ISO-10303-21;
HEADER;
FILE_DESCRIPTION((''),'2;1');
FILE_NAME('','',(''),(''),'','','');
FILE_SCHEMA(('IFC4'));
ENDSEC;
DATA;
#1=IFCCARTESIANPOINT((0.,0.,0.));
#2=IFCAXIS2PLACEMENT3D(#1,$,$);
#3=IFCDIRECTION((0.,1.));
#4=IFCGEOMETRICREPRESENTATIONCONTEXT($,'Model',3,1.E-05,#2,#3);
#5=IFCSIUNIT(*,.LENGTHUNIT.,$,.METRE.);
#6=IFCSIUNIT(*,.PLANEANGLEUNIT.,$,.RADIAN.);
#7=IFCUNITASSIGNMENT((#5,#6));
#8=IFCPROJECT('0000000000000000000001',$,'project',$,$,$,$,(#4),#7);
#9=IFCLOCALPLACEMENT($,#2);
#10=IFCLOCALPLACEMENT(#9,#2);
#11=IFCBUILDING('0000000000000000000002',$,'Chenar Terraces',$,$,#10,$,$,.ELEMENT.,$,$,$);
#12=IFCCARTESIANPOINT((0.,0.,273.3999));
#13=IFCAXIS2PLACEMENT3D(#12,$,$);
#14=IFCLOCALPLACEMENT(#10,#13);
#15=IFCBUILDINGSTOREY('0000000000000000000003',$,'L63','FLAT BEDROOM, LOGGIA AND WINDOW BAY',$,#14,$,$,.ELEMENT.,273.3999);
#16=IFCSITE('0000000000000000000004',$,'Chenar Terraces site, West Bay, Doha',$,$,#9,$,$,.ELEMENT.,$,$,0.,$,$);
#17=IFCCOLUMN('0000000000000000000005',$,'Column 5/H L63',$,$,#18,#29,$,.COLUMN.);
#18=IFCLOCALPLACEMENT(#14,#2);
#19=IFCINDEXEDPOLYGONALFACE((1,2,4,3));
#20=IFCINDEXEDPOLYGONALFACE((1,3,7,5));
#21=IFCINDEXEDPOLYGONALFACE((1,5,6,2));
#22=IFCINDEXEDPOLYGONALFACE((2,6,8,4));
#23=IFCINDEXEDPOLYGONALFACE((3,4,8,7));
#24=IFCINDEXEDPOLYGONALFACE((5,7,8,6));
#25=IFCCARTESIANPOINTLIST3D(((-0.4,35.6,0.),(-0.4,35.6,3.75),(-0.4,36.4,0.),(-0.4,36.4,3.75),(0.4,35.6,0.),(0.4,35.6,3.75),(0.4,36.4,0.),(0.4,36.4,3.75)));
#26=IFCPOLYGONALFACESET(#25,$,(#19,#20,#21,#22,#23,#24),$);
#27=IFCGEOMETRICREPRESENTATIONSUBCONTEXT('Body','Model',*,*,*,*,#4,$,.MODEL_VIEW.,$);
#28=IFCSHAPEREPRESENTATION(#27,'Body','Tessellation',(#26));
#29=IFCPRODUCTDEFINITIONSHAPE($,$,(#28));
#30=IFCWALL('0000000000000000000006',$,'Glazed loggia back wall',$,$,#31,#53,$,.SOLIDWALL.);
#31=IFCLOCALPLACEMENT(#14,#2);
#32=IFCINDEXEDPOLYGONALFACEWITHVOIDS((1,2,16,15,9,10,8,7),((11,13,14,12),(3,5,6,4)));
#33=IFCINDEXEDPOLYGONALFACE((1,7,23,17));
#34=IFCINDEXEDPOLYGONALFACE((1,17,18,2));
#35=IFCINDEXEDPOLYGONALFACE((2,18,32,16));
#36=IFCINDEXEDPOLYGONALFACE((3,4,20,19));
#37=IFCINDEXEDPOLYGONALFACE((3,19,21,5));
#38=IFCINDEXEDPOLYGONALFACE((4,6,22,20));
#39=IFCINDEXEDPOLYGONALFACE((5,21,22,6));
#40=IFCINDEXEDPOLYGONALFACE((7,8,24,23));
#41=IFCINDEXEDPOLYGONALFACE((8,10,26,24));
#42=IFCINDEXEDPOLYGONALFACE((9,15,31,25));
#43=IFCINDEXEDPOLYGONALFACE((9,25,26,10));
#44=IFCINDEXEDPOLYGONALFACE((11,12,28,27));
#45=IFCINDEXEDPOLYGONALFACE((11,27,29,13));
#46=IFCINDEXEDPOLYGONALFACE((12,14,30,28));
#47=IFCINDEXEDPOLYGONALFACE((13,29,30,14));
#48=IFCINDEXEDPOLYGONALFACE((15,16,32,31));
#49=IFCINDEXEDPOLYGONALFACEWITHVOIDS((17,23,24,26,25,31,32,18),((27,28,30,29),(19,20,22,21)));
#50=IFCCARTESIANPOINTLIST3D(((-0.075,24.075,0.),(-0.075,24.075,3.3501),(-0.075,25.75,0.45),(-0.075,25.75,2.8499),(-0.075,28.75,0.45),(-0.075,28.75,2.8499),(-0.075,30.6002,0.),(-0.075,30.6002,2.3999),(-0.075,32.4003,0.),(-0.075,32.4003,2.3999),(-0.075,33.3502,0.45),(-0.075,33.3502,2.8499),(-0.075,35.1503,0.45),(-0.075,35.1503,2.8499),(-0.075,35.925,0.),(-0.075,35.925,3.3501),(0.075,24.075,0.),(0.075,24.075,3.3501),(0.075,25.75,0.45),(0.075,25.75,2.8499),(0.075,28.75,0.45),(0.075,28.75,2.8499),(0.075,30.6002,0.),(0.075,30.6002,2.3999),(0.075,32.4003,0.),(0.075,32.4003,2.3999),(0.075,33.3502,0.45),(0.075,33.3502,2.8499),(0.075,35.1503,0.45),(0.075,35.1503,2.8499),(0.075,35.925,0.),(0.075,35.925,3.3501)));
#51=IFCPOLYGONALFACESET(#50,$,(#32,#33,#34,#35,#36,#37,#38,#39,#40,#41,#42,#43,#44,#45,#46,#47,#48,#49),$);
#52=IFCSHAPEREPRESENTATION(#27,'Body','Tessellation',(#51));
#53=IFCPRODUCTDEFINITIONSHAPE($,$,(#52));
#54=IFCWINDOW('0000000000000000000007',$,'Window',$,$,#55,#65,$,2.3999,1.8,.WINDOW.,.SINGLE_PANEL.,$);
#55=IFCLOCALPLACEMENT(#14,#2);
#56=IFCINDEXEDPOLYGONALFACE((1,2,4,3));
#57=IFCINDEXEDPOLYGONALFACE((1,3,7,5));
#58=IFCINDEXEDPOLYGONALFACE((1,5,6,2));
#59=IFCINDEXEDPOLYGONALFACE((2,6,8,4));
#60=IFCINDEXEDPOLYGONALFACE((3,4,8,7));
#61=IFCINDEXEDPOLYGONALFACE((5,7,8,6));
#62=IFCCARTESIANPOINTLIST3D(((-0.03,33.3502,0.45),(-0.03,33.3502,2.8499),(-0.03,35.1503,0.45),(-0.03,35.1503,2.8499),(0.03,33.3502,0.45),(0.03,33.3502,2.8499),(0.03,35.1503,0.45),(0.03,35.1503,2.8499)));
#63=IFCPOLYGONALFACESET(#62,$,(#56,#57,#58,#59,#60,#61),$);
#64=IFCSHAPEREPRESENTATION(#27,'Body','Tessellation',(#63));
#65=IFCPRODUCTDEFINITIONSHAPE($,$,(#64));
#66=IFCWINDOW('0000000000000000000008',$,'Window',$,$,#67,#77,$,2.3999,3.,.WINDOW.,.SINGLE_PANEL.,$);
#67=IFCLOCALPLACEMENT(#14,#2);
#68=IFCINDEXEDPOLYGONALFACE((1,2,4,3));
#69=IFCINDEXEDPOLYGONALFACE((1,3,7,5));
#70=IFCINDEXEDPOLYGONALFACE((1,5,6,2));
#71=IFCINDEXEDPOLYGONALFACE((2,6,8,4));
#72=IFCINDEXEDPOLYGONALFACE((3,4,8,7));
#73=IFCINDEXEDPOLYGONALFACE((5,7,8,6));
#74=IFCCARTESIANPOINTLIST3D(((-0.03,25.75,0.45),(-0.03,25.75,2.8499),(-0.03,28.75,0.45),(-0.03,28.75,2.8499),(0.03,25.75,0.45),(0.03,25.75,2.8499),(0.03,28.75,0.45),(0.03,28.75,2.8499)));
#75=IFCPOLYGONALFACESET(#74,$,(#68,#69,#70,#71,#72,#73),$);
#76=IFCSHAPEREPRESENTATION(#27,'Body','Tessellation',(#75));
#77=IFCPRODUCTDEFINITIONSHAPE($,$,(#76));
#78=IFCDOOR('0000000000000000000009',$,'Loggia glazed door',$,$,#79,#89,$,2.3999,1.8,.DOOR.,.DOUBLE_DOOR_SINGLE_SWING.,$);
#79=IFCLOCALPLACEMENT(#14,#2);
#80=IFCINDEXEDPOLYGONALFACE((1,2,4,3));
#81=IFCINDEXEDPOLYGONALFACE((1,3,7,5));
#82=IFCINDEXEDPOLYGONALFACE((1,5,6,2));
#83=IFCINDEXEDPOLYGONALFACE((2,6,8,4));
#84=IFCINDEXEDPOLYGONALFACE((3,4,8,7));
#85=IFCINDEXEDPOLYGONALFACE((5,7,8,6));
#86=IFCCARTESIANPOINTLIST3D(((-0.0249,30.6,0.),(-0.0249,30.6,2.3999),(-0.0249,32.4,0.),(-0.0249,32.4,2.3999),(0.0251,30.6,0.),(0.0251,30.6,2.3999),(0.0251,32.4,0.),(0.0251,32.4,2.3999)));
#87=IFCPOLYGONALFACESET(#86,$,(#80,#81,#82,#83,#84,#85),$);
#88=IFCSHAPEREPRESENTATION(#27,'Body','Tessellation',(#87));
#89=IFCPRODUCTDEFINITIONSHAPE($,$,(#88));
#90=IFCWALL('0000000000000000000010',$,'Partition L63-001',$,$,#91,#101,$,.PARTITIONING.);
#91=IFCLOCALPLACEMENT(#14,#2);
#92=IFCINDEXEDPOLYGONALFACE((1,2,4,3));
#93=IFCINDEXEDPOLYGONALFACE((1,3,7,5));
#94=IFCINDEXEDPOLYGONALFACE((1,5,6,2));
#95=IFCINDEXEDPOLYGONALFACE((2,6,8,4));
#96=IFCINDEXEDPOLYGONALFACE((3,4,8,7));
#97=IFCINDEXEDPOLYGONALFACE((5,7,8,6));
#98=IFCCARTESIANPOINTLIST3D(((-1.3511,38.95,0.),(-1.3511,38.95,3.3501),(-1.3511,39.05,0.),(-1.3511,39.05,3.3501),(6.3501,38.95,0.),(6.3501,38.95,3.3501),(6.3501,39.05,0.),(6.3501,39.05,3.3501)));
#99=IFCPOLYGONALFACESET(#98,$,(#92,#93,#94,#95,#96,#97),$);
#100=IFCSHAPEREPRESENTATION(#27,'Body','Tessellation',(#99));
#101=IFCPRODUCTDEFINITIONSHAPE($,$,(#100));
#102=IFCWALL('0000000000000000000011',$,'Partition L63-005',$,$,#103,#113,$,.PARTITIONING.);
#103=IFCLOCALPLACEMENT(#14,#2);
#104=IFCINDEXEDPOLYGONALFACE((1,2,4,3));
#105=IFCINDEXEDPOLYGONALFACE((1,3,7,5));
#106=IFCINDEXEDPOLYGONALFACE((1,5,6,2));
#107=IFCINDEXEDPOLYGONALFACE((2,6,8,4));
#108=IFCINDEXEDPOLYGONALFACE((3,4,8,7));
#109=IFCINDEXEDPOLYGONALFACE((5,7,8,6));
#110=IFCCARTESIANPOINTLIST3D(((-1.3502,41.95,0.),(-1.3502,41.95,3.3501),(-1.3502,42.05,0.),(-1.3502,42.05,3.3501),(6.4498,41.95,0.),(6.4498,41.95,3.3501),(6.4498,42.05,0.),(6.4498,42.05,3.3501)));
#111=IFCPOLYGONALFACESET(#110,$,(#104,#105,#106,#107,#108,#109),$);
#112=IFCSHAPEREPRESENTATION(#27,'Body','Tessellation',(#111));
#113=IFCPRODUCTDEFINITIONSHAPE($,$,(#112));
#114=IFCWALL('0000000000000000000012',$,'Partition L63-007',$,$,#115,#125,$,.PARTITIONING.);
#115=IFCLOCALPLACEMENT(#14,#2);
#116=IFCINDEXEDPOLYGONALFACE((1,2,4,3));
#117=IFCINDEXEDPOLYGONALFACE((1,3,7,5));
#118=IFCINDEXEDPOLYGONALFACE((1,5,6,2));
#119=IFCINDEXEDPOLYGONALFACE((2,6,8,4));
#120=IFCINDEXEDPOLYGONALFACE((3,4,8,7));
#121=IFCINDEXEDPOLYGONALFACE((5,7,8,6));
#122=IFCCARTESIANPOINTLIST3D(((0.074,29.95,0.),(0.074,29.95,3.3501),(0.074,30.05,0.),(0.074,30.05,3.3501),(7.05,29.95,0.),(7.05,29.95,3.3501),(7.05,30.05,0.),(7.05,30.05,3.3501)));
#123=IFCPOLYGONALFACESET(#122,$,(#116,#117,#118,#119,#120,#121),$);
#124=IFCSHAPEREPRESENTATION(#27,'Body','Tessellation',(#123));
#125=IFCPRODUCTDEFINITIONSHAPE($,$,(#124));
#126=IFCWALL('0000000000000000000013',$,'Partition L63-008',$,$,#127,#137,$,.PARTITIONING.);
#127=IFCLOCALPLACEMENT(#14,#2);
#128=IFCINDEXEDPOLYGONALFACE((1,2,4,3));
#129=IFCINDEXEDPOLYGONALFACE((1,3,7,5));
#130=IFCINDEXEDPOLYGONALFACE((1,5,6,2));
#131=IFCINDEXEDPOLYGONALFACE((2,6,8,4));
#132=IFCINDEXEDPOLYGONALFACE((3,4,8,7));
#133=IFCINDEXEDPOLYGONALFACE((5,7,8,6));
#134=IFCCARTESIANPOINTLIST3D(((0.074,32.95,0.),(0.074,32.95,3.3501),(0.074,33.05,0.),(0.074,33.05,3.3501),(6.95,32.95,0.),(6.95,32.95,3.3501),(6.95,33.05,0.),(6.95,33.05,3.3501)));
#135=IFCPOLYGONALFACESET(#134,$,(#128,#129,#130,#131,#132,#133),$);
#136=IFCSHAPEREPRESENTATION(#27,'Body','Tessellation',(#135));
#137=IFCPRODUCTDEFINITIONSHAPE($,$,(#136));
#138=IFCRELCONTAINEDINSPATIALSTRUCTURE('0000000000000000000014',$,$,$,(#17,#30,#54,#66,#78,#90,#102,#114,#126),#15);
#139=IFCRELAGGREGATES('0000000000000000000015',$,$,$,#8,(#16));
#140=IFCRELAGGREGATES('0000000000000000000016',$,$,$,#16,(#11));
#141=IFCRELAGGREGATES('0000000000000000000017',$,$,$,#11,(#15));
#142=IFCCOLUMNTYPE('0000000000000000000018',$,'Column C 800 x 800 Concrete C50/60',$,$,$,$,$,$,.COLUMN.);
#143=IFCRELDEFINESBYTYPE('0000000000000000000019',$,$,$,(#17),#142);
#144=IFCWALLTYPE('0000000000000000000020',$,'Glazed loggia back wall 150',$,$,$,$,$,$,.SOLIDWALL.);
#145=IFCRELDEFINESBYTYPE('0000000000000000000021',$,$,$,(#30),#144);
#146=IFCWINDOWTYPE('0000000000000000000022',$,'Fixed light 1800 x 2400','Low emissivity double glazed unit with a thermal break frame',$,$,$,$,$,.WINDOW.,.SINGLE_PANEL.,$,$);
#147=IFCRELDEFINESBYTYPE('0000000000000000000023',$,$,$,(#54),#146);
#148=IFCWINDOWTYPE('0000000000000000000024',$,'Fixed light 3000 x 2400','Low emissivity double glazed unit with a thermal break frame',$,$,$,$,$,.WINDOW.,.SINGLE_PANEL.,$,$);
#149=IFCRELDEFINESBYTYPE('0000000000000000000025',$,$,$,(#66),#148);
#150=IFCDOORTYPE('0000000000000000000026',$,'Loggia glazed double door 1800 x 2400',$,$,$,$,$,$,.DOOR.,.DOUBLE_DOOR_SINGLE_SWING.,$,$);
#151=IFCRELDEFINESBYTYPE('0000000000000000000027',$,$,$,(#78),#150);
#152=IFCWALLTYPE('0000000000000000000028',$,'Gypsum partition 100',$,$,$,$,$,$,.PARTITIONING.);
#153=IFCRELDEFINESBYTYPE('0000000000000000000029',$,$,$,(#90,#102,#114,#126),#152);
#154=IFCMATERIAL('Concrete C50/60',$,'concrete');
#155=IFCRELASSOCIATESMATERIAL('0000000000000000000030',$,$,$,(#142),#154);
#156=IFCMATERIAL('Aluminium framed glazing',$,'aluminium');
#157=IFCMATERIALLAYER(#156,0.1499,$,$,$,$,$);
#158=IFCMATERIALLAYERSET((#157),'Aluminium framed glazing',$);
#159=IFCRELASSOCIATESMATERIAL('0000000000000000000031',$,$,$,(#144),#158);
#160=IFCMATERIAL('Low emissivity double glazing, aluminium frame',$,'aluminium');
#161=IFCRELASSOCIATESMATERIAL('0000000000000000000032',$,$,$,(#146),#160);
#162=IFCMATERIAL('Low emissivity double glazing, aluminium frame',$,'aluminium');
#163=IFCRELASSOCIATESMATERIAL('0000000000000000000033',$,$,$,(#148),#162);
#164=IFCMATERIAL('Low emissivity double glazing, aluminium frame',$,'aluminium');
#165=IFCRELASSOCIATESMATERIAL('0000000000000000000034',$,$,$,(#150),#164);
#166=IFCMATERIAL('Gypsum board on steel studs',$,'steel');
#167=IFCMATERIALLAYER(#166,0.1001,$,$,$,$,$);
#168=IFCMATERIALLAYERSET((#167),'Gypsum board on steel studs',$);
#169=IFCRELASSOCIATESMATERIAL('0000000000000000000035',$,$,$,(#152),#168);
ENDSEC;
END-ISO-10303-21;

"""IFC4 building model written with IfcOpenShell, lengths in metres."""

from ifc_helpers import new_model, si_unit, direction, frame, frame_2d, origin, origin_2d, place, context, subcontext, project, spatial, rectangle, extrude, material, layer, layer_set, material_profile, profile_set, type_object, element, fill, save


model = new_model("IFC4")

# Units and contexts
model_context = context("Model", 3, precision=1e-05, world=origin(), true_north=direction((0.0, 1.0)))
body_context = subcontext(model_context, "Body", "Model", "MODEL_VIEW")
ifc_project = project(units=[si_unit("LENGTHUNIT", "METRE"), si_unit("PLANEANGLEUNIT", "RADIAN")], contexts=[model_context])

# Site, building, storey
site_placement = place(None, origin())
site = spatial("IfcSite", under=ifc_project, at=site_placement, Name="Chenar Terraces site, West Bay, Doha", CompositionType="ELEMENT", RefElevation=0.0)
building_placement = place(site_placement, origin())
building = spatial("IfcBuilding", under=site, at=building_placement, Name="Chenar Terraces", CompositionType="ELEMENT")
storey_placement = place(building_placement, frame((0.0, 0.0, 273.3999)))
storey = spatial("IfcBuildingStorey", under=building, at=storey_placement, Name="L63", Description="FLAT BEDROOM, LOGGIA AND WINDOW BAY", CompositionType="ELEMENT", Elevation=273.3999)

# Column
ifc_material_1 = material(Name="Concrete C50/60", Category="concrete")
ifc_material_profile_1 = material_profile(ifc_material_1, rectangle(XDim=0.8, YDim=0.8, at=origin_2d()), Name="C 800 x 800")
ifc_profile_set_1 = profile_set([ifc_material_profile_1], Name="Concrete C50/60")
column_type = type_object("IfcColumnType", Name="Column C 800 x 800 Concrete C50/60", PredefinedType="COLUMN", material=ifc_profile_set_1)
placement = place(storey_placement, frame((0.0, 36.0, 0.0), z_axis=(0.0, 0.0, 1.0), x_axis=(1.0, 0.0, 0.0)))
element("IfcColumn", 1, at=placement, inside=storey, type_object=column_type, Name="Column 5/H L63", PredefinedType="COLUMN", context=body_context, shape_type="SweptSolid", body=[
    extrude(rectangle(XDim=0.8, YDim=0.8, at=origin_2d()), origin(), (0.0, 0.0, 1.0), 3.75),
])

# Wall, openings, windows, door
ifc_material_2 = material(Name="Aluminium framed glazing", Category="aluminium")
ifc_layer_1 = layer(ifc_material_2, 0.1499)
ifc_layer_set_1 = layer_set([ifc_layer_1], Name="Aluminium framed glazing")
wall_type_1 = type_object("IfcWallType", Name="Glazed loggia back wall 150", PredefinedType="SOLIDWALL", material=ifc_layer_set_1)
wall_1_placement = place(storey_placement, frame((0.0, 35.925, 0.0), z_axis=(0.0, 0.0, 1.0), x_axis=(0.0, -1.0, 0.0)))
wall_1 = element("IfcWall", 2, at=wall_1_placement, inside=storey, type_object=wall_type_1, Name="Glazed loggia back wall", PredefinedType="SOLIDWALL", context=body_context, shape_type="SweptSolid", body=[
    extrude(rectangle(XDim=11.8501, YDim=0.1499, at=frame_2d((5.925, 0.0))), origin(), (0.0, 0.0, 1.0), 3.3501),
])
opening_1_placement = place(wall_1_placement, frame((0.7749, 0.0, 0.45)))
opening_1 = element("IfcOpeningElement", 3, at=opening_1_placement, cuts=wall_1, PredefinedType="OPENING", context=body_context, shape_type="SweptSolid", body=[
    extrude(rectangle(XDim=1.8, YDim=2.3999, at=frame_2d((0.8999, 1.2))), frame((0.0, 0.085, 0.0), z_axis=(0.0, -1.0, 0.0), x_axis=(1.0, 0.0, 0.0)), (0.0, 0.0, 1.0), 0.1699),
])
opening_2_placement = place(wall_1_placement, frame((3.5249, 0.0, 0.0)))
opening_2 = element("IfcOpeningElement", 4, at=opening_2_placement, cuts=wall_1, PredefinedType="OPENING", context=body_context, shape_type="SweptSolid", body=[
    extrude(rectangle(XDim=1.8, YDim=2.3999, at=frame_2d((0.8999, 1.2))), frame((0.0, 0.085, 0.0), z_axis=(0.0, -1.0, 0.0), x_axis=(1.0, 0.0, 0.0)), (0.0, 0.0, 1.0), 0.1699),
])
opening_3_placement = place(wall_1_placement, frame((7.175, 0.0, 0.45)))
opening_3 = element("IfcOpeningElement", 5, at=opening_3_placement, cuts=wall_1, PredefinedType="OPENING", context=body_context, shape_type="SweptSolid", body=[
    extrude(rectangle(XDim=3.0, YDim=2.3999, at=frame_2d((1.5, 1.2))), frame((0.0, 0.085, 0.0), z_axis=(0.0, -1.0, 0.0), x_axis=(1.0, 0.0, 0.0)), (0.0, 0.0, 1.0), 0.1699),
])
ifc_material_3 = material(Name="Low emissivity double glazing, aluminium frame", Category="aluminium")
window_type_1 = type_object("IfcWindowType", Name="Fixed light 1800 x 2400", Description="Low emissivity double glazed unit with a thermal break frame", PartitioningType="SINGLE_PANEL", PredefinedType="WINDOW", material=ifc_material_3)
window_1_placement = place(opening_1_placement, origin())
window_1 = element("IfcWindow", 6, at=window_1_placement, inside=storey, type_object=window_type_1, Name="Window", OverallHeight=2.3999, OverallWidth=1.8, PartitioningType="SINGLE_PANEL", PredefinedType="WINDOW", context=body_context, shape_type="SweptSolid", body=[
    extrude(rectangle(XDim=1.8, YDim=2.3999, at=frame_2d((0.8999, 1.2))), frame((0.0, 0.03, 0.0), z_axis=(0.0, -1.0, 0.0), x_axis=(1.0, 0.0, 0.0)), (0.0, 0.0, 1.0), 0.0601),
])
fill(opening_1, window_1)
ifc_material_4 = material(Name="Low emissivity double glazing, aluminium frame", Category="aluminium")
window_type_2 = type_object("IfcWindowType", Name="Fixed light 3000 x 2400", Description="Low emissivity double glazed unit with a thermal break frame", PartitioningType="SINGLE_PANEL", PredefinedType="WINDOW", material=ifc_material_4)
window_2_placement = place(opening_3_placement, origin())
window_2 = element("IfcWindow", 7, at=window_2_placement, inside=storey, type_object=window_type_2, Name="Window", OverallHeight=2.3999, OverallWidth=3.0, PartitioningType="SINGLE_PANEL", PredefinedType="WINDOW", context=body_context, shape_type="SweptSolid", body=[
    extrude(rectangle(XDim=3.0, YDim=2.3999, at=frame_2d((1.5, 1.2))), frame((0.0, 0.03, 0.0), z_axis=(0.0, -1.0, 0.0), x_axis=(1.0, 0.0, 0.0)), (0.0, 0.0, 1.0), 0.0601),
])
fill(opening_3, window_2)
ifc_material_5 = material(Name="Low emissivity double glazing, aluminium frame", Category="aluminium")
door_type_1 = type_object("IfcDoorType", Name="Loggia glazed double door 1800 x 2400", OperationType="DOUBLE_DOOR_SINGLE_SWING", PredefinedType="DOOR", material=ifc_material_5)
door_1_placement = place(opening_2_placement, frame((1.8, 0.0, 0.0), z_axis=(0.0, 0.0, 1.0), x_axis=(-1.0, 0.0, 0.0)))
door_1 = element("IfcDoor", 8, at=door_1_placement, inside=storey, type_object=door_type_1, Name="Loggia glazed door", OperationType="DOUBLE_DOOR_SINGLE_SWING", OverallHeight=2.3999, OverallWidth=1.8, PredefinedType="DOOR", context=body_context, shape_type="SweptSolid", body=[
    extrude(rectangle(XDim=1.8, YDim=2.3999, at=frame_2d((0.8999, 1.2))), frame((0.0, 0.0249, 0.0), z_axis=(0.0, -1.0, 0.0), x_axis=(1.0, 0.0, 0.0)), (0.0, 0.0, 1.0), 0.05),
])
fill(opening_2, door_1)

# Walls
ifc_material_6 = material(Name="Gypsum board on steel studs", Category="steel")
ifc_layer_2 = layer(ifc_material_6, 0.1001)
ifc_layer_set_2 = layer_set([ifc_layer_2], Name="Gypsum board on steel studs")
wall_type_2 = type_object("IfcWallType", Name="Gypsum partition 100", PredefinedType="PARTITIONING", material=ifc_layer_set_2)
wall_2_placement = place(storey_placement, frame((-1.3511, 39.0, 0.0), z_axis=(0.0, 0.0, 1.0), x_axis=(1.0, 0.0, 0.0)))
element("IfcWall", 9, at=wall_2_placement, inside=storey, type_object=wall_type_2, Name="Partition L63-001", PredefinedType="PARTITIONING", context=body_context, shape_type="SweptSolid", body=[
    extrude(rectangle(XDim=7.7012, YDim=0.1001, at=frame_2d((3.8506, 0.0))), origin(), (0.0, 0.0, 1.0), 3.3501),
])
wall_3_placement = place(storey_placement, frame((-1.3501, 42.0, 0.0), z_axis=(0.0, 0.0, 1.0), x_axis=(1.0, 0.0, 0.0)))
element("IfcWall", 10, at=wall_3_placement, inside=storey, type_object=wall_type_2, Name="Partition L63-005", PredefinedType="PARTITIONING", context=body_context, shape_type="SweptSolid", body=[
    extrude(rectangle(XDim=7.8, YDim=0.1001, at=frame_2d((3.8999, 0.0))), origin(), (0.0, 0.0, 1.0), 3.3501),
])
wall_4_placement = place(storey_placement, frame((0.074, 30.0, 0.0), z_axis=(0.0, 0.0, 1.0), x_axis=(1.0, 0.0, 0.0)))
element("IfcWall", 11, at=wall_4_placement, inside=storey, type_object=wall_type_2, Name="Partition L63-007", PredefinedType="PARTITIONING", context=body_context, shape_type="SweptSolid", body=[
    extrude(rectangle(XDim=6.9761, YDim=0.1001, at=frame_2d((3.488, 0.0))), origin(), (0.0, 0.0, 1.0), 3.3501),
])
wall_5_placement = place(storey_placement, frame((0.074, 33.0, 0.0), z_axis=(0.0, 0.0, 1.0), x_axis=(1.0, 0.0, 0.0)))
element("IfcWall", 12, at=wall_5_placement, inside=storey, type_object=wall_type_2, Name="Partition L63-008", PredefinedType="PARTITIONING", context=body_context, shape_type="SweptSolid", body=[
    extrude(rectangle(XDim=6.876, YDim=0.1001, at=frame_2d((3.438, 0.0))), origin(), (0.0, 0.0, 1.0), 3.3501),
])

save(model, "model.ifc")
